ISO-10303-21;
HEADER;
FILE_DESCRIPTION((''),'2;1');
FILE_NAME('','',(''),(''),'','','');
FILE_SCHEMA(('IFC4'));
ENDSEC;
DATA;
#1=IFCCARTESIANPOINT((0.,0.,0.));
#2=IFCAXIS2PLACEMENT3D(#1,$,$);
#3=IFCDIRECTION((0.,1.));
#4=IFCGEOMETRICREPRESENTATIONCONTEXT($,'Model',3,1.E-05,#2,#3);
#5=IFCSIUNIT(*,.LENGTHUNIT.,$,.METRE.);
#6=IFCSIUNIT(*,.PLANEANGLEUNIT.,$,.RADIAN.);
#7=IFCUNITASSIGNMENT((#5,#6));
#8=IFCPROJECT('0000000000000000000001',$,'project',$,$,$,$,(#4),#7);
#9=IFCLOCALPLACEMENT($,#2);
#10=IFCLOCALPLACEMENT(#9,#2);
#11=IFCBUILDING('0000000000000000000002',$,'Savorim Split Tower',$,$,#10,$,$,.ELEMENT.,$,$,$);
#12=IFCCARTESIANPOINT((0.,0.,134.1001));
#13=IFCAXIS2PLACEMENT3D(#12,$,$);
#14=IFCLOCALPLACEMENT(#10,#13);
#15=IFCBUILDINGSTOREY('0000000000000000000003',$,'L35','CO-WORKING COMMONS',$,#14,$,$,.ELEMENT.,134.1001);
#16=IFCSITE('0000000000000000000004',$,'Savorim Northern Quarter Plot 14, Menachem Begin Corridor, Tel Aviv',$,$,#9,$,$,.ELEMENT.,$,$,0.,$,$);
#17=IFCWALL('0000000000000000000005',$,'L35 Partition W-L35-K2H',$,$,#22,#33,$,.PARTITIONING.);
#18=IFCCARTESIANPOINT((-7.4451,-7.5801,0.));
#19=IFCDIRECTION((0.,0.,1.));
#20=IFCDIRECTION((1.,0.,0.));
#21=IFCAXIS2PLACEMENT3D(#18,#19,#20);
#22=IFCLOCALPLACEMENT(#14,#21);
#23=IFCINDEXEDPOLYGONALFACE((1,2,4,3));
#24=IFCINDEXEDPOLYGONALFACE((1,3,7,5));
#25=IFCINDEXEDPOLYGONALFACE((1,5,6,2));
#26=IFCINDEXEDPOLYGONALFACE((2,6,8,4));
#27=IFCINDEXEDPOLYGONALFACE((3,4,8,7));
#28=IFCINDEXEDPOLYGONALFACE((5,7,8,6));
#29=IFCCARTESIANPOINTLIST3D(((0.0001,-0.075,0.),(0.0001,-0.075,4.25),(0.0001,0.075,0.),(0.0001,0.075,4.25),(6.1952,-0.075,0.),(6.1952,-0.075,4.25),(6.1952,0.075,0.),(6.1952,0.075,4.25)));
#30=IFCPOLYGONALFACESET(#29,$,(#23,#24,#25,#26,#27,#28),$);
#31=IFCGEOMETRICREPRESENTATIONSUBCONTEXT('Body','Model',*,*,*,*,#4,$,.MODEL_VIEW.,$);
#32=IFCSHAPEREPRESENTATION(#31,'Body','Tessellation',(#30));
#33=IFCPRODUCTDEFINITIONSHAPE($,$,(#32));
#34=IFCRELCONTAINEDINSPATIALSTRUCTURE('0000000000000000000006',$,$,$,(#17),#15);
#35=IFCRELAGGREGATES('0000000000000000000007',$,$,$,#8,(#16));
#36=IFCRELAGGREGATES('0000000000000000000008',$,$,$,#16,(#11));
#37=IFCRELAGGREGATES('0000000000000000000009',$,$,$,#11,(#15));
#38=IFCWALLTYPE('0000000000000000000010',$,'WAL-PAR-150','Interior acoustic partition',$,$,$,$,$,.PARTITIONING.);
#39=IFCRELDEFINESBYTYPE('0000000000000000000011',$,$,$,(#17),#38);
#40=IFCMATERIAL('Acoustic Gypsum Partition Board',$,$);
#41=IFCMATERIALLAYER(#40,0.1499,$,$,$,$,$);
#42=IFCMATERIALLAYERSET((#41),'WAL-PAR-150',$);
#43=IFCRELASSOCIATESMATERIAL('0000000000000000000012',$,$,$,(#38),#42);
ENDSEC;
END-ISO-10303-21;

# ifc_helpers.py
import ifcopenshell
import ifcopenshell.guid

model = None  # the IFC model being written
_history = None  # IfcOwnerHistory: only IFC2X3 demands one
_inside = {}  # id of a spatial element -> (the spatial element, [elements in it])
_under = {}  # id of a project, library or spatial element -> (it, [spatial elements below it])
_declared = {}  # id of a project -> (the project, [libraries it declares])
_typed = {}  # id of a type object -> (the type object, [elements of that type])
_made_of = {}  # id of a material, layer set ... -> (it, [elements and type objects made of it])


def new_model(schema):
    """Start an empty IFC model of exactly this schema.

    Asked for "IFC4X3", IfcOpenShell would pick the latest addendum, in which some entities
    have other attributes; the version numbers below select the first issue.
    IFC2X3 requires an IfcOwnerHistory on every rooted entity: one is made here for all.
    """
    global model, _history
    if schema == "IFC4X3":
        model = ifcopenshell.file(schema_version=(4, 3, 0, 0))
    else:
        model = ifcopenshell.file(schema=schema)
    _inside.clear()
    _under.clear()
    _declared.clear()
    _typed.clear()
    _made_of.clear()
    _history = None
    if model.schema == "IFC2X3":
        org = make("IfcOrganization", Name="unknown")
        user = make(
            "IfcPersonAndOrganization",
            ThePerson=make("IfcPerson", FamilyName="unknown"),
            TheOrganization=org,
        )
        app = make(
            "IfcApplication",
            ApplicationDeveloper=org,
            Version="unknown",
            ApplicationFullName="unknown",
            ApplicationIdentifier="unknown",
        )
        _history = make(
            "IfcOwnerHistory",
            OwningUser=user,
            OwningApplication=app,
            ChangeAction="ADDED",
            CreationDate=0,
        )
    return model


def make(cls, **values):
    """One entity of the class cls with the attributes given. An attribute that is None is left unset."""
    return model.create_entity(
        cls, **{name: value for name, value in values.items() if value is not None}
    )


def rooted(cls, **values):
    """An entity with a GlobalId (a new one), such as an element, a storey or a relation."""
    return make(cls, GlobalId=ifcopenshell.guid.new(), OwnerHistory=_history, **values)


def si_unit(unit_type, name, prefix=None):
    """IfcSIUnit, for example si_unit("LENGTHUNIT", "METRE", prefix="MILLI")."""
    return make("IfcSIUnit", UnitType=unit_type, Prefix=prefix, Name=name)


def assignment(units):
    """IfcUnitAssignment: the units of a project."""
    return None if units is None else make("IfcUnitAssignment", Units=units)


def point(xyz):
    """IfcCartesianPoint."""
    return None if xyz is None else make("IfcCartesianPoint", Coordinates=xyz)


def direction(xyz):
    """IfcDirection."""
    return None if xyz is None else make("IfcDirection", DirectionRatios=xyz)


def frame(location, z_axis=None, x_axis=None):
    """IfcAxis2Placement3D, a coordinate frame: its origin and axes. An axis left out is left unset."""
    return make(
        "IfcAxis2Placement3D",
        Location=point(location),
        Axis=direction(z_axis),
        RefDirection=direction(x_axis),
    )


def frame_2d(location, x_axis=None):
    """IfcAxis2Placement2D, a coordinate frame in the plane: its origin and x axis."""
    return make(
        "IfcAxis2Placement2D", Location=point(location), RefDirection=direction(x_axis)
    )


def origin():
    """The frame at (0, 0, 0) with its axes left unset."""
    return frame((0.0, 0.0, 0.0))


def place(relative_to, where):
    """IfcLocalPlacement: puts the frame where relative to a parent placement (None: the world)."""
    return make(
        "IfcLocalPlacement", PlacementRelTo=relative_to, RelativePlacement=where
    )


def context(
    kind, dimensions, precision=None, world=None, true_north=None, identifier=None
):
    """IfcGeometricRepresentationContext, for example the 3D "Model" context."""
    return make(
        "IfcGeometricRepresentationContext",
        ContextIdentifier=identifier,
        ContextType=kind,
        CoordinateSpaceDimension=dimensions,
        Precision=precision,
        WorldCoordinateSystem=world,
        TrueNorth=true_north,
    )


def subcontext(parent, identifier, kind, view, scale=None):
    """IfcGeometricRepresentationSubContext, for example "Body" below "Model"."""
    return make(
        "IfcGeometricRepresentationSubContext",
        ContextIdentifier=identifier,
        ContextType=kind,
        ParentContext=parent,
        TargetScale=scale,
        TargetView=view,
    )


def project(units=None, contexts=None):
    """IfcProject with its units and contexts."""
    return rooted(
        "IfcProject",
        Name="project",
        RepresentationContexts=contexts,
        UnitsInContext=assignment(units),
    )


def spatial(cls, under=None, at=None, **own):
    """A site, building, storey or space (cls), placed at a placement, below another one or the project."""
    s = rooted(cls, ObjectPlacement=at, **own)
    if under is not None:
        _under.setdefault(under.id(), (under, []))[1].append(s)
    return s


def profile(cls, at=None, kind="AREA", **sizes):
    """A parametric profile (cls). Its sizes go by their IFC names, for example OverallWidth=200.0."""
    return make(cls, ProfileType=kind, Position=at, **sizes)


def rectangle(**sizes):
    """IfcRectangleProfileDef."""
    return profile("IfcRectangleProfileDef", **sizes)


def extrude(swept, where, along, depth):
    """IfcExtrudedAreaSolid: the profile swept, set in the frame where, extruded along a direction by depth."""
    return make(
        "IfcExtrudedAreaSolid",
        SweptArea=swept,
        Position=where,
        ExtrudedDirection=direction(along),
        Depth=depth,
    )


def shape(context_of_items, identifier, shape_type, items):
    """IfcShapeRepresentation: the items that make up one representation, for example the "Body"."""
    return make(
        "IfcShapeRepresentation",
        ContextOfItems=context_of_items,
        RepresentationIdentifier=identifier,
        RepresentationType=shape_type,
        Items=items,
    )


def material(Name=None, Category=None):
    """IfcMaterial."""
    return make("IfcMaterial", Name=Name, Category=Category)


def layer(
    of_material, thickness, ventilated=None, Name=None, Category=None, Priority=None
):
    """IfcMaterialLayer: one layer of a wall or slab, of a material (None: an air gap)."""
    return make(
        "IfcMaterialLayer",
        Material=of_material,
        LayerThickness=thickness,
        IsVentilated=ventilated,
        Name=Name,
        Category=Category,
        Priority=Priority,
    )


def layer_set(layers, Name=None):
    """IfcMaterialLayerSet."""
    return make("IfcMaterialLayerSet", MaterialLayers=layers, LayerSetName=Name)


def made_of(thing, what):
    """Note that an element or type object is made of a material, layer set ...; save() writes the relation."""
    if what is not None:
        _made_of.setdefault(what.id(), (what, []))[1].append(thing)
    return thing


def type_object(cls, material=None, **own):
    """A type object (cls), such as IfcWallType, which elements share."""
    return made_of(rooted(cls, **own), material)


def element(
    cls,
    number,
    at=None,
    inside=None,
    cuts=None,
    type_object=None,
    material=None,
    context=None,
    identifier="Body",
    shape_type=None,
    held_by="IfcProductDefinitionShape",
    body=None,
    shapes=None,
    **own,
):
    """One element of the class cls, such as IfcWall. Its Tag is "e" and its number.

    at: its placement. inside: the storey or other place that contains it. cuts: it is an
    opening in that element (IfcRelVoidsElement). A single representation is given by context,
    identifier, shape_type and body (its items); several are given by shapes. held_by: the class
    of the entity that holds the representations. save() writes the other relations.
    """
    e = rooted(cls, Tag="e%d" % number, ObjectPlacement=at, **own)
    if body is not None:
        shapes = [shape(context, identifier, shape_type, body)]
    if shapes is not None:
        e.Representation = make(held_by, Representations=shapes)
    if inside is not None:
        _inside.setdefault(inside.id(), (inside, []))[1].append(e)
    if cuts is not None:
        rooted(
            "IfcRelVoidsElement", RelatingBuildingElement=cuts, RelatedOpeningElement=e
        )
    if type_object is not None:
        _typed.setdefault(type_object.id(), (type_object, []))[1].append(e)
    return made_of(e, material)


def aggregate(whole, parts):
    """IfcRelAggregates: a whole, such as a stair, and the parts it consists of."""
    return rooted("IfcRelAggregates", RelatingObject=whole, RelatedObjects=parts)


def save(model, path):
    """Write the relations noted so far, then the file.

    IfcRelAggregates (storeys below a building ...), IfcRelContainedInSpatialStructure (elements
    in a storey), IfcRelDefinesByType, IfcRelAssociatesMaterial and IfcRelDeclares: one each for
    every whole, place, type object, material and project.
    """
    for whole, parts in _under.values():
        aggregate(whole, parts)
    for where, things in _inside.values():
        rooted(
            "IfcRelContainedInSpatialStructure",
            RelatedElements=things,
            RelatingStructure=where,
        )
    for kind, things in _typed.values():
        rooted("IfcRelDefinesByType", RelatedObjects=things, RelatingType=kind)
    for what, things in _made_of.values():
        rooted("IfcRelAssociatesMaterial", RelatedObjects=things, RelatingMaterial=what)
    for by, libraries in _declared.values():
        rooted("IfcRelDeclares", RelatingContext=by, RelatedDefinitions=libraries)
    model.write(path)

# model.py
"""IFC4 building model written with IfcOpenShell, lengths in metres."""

from ifc_helpers import new_model, si_unit, direction, frame, frame_2d, origin, place, context, subcontext, project, spatial, rectangle, extrude, material, layer, layer_set, type_object, element, save


model = new_model("IFC4")

# Units and contexts
model_context = context("Model", 3, precision=1e-05, world=origin(), true_north=direction((0.0, 1.0)))
body_context = subcontext(model_context, "Body", "Model", "MODEL_VIEW")
ifc_project = project(units=[si_unit("LENGTHUNIT", "METRE"), si_unit("PLANEANGLEUNIT", "RADIAN")], contexts=[model_context])

# Site, building, storey
site_placement = place(None, origin())
site = spatial("IfcSite", under=ifc_project, at=site_placement, Name="Savorim Northern Quarter Plot 14, Menachem Begin Corridor, Tel Aviv", CompositionType="ELEMENT", RefElevation=0.0)
building_placement = place(site_placement, origin())
building = spatial("IfcBuilding", under=site, at=building_placement, Name="Savorim Split Tower", CompositionType="ELEMENT")
storey_placement = place(building_placement, frame((0.0, 0.0, 134.1001)))
storey = spatial("IfcBuildingStorey", under=building, at=storey_placement, Name="L35", Description="CO-WORKING COMMONS", CompositionType="ELEMENT", Elevation=134.1001)

# Shared definitions
ifc_material_1 = material(Name="Acoustic Gypsum Partition Board")
ifc_layer_1 = layer(ifc_material_1, 0.1499)
ifc_layer_set_1 = layer_set([ifc_layer_1], Name="WAL-PAR-150")
wall_type_1 = type_object("IfcWallType", Name="WAL-PAR-150", Description="Interior acoustic partition", PredefinedType="PARTITIONING", material=ifc_layer_set_1)

# Wall
wall_1_placement = place(storey_placement, frame((-7.4451, -7.5801, 0.0), z_axis=(0.0, 0.0, 1.0), x_axis=(1.0, 0.0, 0.0)))
element("IfcWall", 1, at=wall_1_placement, inside=storey, type_object=wall_type_1, Name="L35 Partition W-L35-K2H", PredefinedType="PARTITIONING", context=body_context, shape_type="SweptSolid", body=[
    extrude(rectangle(XDim=6.1951, YDim=0.1499, at=frame_2d((3.0977, 0.0))), origin(), (0.0, 0.0, 1.0), 4.25),
])

save(model, "model.ifc")
